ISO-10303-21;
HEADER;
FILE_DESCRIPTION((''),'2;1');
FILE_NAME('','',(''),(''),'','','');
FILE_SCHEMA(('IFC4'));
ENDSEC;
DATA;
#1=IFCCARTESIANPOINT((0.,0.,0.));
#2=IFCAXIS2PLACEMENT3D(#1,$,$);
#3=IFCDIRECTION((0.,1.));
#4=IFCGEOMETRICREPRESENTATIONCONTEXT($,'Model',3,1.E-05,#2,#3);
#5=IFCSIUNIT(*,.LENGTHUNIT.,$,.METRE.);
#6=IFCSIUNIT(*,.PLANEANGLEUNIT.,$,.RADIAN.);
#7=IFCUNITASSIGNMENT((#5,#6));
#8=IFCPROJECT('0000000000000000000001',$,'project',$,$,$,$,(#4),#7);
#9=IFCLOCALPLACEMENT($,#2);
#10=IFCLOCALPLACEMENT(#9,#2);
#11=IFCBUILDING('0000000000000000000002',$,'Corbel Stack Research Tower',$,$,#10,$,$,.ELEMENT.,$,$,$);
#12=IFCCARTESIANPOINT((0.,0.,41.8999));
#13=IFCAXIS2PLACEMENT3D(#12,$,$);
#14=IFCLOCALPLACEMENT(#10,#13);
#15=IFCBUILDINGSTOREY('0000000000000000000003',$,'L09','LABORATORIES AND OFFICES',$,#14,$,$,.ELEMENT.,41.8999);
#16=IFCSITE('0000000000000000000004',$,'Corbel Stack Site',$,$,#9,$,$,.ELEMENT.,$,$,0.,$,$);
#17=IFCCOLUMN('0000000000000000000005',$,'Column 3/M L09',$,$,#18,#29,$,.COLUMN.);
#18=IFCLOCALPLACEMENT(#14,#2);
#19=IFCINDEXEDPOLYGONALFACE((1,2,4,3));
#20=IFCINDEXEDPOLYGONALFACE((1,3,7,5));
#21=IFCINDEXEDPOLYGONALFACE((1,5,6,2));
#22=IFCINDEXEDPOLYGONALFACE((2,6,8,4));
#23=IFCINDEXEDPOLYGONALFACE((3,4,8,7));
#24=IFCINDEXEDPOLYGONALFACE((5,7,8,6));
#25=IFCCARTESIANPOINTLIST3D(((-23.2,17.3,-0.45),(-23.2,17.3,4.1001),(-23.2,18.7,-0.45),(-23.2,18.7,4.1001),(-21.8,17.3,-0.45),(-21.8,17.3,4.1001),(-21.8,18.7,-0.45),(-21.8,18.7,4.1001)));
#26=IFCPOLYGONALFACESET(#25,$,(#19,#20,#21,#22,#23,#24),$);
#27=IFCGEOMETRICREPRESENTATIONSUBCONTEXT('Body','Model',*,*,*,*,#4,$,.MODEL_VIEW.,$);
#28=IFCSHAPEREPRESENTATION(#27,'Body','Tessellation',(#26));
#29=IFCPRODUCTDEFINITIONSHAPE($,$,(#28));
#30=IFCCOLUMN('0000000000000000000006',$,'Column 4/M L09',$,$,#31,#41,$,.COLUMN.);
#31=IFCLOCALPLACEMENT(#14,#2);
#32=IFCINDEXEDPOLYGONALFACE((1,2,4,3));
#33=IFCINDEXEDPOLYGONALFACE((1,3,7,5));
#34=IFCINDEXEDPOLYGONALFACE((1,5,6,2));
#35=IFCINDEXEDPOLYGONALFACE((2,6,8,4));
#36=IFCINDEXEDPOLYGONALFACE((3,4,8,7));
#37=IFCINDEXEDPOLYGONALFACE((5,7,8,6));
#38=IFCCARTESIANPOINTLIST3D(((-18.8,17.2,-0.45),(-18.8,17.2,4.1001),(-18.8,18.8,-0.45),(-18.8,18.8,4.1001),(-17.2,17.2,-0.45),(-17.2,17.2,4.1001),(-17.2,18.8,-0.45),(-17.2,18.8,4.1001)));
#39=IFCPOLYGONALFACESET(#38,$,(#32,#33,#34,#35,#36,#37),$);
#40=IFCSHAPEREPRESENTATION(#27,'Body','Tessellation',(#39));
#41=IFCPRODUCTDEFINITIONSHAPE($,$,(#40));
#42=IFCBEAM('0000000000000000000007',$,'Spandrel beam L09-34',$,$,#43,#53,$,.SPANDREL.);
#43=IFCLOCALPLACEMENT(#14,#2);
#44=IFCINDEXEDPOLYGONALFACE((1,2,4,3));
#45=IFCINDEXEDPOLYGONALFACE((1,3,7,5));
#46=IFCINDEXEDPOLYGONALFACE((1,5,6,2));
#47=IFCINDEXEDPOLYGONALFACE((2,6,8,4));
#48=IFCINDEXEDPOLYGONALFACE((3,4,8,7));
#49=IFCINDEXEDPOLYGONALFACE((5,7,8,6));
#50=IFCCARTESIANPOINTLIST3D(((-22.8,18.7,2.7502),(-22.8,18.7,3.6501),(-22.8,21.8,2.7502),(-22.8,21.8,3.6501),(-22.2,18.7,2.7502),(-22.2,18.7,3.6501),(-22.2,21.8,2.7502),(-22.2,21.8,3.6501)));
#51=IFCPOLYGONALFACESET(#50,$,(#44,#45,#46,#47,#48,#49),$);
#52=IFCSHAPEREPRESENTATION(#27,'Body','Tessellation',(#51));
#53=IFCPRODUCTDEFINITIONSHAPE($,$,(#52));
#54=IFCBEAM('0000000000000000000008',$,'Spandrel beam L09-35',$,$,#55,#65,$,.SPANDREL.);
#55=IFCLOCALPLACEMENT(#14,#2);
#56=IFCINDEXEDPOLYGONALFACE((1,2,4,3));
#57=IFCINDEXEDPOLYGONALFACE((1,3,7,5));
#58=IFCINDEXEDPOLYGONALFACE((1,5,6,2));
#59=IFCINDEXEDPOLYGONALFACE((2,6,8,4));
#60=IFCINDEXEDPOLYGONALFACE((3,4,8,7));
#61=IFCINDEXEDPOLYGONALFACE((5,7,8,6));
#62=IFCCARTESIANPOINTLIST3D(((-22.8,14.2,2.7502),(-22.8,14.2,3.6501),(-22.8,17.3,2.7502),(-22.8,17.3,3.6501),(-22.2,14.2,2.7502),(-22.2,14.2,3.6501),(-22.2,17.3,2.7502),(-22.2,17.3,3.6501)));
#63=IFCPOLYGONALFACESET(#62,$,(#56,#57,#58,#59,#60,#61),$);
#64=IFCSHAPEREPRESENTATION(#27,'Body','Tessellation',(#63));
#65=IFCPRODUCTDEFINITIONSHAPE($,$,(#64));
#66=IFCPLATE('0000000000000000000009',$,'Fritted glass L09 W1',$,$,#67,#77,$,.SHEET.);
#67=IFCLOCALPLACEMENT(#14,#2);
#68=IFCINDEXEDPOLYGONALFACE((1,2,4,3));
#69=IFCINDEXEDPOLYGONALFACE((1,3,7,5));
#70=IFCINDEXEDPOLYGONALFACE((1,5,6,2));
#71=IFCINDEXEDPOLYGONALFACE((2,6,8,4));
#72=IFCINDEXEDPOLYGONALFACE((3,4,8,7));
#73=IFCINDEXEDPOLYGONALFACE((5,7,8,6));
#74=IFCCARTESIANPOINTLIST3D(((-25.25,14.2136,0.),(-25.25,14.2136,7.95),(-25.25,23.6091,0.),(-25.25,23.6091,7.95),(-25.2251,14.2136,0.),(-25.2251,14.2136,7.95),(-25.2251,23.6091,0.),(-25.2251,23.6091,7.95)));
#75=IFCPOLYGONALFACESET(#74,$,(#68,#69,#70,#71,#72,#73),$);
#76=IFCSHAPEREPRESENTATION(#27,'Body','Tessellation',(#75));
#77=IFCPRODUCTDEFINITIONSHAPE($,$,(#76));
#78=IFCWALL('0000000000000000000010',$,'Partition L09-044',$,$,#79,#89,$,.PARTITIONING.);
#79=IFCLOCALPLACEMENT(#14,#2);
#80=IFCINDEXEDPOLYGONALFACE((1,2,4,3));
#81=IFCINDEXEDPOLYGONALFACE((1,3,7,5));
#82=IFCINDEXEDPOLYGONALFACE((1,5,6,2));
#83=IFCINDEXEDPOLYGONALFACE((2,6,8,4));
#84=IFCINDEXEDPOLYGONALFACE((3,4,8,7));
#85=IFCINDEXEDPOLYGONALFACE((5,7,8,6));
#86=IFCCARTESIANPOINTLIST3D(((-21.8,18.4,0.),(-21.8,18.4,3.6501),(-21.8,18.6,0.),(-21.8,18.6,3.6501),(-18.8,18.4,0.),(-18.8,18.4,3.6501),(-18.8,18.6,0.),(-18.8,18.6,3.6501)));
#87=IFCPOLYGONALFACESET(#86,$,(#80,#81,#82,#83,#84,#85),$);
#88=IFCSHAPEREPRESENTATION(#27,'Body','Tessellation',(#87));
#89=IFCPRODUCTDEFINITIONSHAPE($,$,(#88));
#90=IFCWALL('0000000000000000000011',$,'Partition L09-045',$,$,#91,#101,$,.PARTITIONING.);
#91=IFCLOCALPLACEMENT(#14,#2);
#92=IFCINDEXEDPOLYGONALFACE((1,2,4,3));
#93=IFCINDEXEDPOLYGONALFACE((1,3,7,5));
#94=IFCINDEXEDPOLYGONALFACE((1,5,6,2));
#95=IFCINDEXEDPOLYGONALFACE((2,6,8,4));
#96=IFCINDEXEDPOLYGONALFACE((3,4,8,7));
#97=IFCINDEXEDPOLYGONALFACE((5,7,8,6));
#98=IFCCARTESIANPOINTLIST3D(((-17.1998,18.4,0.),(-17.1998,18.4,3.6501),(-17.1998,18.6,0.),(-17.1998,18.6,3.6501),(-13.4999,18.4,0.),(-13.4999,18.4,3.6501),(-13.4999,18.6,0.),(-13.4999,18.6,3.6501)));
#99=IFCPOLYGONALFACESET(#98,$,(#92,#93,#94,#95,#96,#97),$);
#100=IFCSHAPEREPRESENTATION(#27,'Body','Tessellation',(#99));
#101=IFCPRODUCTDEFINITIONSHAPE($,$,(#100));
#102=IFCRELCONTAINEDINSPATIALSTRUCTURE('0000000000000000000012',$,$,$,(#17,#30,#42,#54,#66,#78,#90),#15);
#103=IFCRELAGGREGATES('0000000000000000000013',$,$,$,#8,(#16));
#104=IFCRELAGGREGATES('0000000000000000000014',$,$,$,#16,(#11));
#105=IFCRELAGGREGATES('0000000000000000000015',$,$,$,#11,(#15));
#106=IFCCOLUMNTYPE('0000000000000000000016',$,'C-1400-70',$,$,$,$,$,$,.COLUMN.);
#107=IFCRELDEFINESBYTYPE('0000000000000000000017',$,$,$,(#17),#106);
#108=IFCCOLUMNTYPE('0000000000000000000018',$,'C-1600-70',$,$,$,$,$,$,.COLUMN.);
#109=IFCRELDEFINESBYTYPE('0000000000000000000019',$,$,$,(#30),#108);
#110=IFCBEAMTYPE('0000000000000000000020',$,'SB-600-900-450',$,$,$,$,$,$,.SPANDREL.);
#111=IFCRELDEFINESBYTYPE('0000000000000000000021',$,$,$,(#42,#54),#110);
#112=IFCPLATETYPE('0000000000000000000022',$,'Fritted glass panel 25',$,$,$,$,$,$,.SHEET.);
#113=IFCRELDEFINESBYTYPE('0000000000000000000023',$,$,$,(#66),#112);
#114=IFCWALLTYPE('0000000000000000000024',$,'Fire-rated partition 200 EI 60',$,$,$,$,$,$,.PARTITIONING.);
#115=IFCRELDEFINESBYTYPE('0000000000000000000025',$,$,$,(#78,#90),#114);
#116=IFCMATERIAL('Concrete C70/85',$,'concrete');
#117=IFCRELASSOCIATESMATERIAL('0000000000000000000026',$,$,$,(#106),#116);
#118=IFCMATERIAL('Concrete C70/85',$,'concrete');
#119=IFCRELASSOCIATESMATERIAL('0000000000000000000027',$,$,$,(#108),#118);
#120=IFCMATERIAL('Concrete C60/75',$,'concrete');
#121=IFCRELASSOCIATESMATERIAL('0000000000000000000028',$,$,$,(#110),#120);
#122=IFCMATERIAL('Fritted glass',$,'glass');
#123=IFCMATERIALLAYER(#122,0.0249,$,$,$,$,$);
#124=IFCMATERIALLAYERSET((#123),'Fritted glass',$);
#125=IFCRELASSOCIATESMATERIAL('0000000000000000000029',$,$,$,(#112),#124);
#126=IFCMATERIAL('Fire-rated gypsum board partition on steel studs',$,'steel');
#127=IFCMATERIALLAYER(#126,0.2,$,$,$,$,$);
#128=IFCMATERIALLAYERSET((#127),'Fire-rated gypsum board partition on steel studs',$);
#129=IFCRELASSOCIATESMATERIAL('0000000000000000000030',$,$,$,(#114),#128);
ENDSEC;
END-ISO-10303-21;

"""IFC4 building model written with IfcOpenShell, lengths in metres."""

from ifc_helpers import new_model, si_unit, direction, frame, frame_2d, origin, origin_2d, place, context, subcontext, project, spatial, rectangle, extrude, material, layer, layer_set, material_profile, profile_set, type_object, element, save


model = new_model("IFC4")

# Units and contexts
model_context = context("Model", 3, precision=1e-05, world=origin(), true_north=direction((0.0, 1.0)))
body_context = subcontext(model_context, "Body", "Model", "MODEL_VIEW")
ifc_project = project(units=[si_unit("LENGTHUNIT", "METRE"), si_unit("PLANEANGLEUNIT", "RADIAN")], contexts=[model_context])

# Site, building, storey
site_placement = place(None, origin())
site = spatial("IfcSite", under=ifc_project, at=site_placement, Name="Corbel Stack Site", CompositionType="ELEMENT", RefElevation=0.0)
building_placement = place(site_placement, origin())
building = spatial("IfcBuilding", under=site, at=building_placement, Name="Corbel Stack Research Tower", CompositionType="ELEMENT")
storey_placement = place(building_placement, frame((0.0, 0.0, 41.8999)))
storey = spatial("IfcBuildingStorey", under=building, at=storey_placement, Name="L09", Description="LABORATORIES AND OFFICES", CompositionType="ELEMENT", Elevation=41.8999)

# Columns
ifc_material_1 = material(Name="Concrete C70/85", Category="concrete")
ifc_material_profile_1 = material_profile(ifc_material_1, rectangle(XDim=1.3999, YDim=1.3999, at=origin_2d()), Name="RC 1400 x 1400")
ifc_profile_set_1 = profile_set([ifc_material_profile_1], Name="Concrete C70/85")
column_type_1 = type_object("IfcColumnType", Name="C-1400-70", PredefinedType="COLUMN", material=ifc_profile_set_1)
column_1_placement = place(storey_placement, frame((-22.5, 18.0, -0.45), z_axis=(0.0, 0.0, 1.0), x_axis=(1.0, 0.0, 0.0)))
element("IfcColumn", 1, at=column_1_placement, inside=storey, type_object=column_type_1, Name="Column 3/M L09", PredefinedType="COLUMN", context=body_context, shape_type="SweptSolid", body=[
    extrude(rectangle(XDim=1.3999, YDim=1.3999, at=origin_2d()), origin(), (0.0, 0.0, 1.0), 4.55),
])
ifc_material_2 = material(Name="Concrete C70/85", Category="concrete")
ifc_material_profile_2 = material_profile(ifc_material_2, rectangle(XDim=1.6001, YDim=1.6001, at=origin_2d()), Name="RC 1600 x 1600")
ifc_profile_set_2 = profile_set([ifc_material_profile_2], Name="Concrete C70/85")
column_type_2 = type_object("IfcColumnType", Name="C-1600-70", PredefinedType="COLUMN", material=ifc_profile_set_2)
column_2_placement = place(storey_placement, frame((-18.0, 18.0, -0.45), z_axis=(0.0, 0.0, 1.0), x_axis=(1.0, 0.0, 0.0)))
element("IfcColumn", 2, at=column_2_placement, inside=storey, type_object=column_type_2, Name="Column 4/M L09", PredefinedType="COLUMN", context=body_context, shape_type="SweptSolid", body=[
    extrude(rectangle(XDim=1.6001, YDim=1.6001, at=origin_2d()), origin(), (0.0, 0.0, 1.0), 4.55),
])

# Beams
ifc_material_3 = material(Name="Concrete C60/75", Category="concrete")
ifc_material_profile_3 = material_profile(ifc_material_3, rectangle(XDim=0.6001, YDim=0.8999, at=origin_2d()), Name="RC 600 x 900")
ifc_profile_set_3 = profile_set([ifc_material_profile_3], Name="Concrete C60/75")
beam_type = type_object("IfcBeamType", Name="SB-600-900-450", PredefinedType="SPANDREL", material=ifc_profile_set_3)
for number, where, z_axis, x_axis, name in (
    (3, (-22.5, 21.8, 3.2002), (0.0, -1.0, 0.0), (1.0, 0.0, 0.0), "Spandrel beam L09-34"),
    (4, (-22.5, 17.3, 3.2002), (0.0, -1.0, 0.0), (1.0, 0.0, 0.0), "Spandrel beam L09-35"),
):
    element("IfcBeam", number, at=place(storey_placement, frame(where, z_axis=z_axis, x_axis=x_axis)), inside=storey, type_object=beam_type, Name=name, PredefinedType="SPANDREL", context=body_context, shape_type="SweptSolid", body=[
        extrude(rectangle(XDim=0.6001, YDim=0.8999, at=origin_2d()), origin(), (0.0, 0.0, 1.0), 3.1001),
    ])

# Plate
ifc_material_4 = material(Name="Fritted glass", Category="glass")
ifc_layer_1 = layer(ifc_material_4, 0.0249)
ifc_layer_set_1 = layer_set([ifc_layer_1], Name="Fritted glass")
plate_type = type_object("IfcPlateType", Name="Fritted glass panel 25", PredefinedType="SHEET", material=ifc_layer_set_1)
plate_placement = place(storey_placement, frame((-25.2375, 18.9114, 0.0), z_axis=(0.0, 0.0, 1.0), x_axis=(0.0, -1.0, 0.0)))
element("IfcPlate", 5, at=plate_placement, inside=storey, type_object=plate_type, Name="Fritted glass L09 W1", PredefinedType="SHEET", context=body_context, shape_type="SweptSolid", body=[
    extrude(rectangle(XDim=9.3955, YDim=0.0249, at=origin_2d()), origin(), (0.0, 0.0, 1.0), 7.95),
])

# Walls
ifc_material_5 = material(Name="Fire-rated gypsum board partition on steel studs", Category="steel")
ifc_layer_2 = layer(ifc_material_5, 0.2)
ifc_layer_set_2 = layer_set([ifc_layer_2], Name="Fire-rated gypsum board partition on steel studs")
wall_type_1 = type_object("IfcWallType", Name="Fire-rated partition 200 EI 60", PredefinedType="PARTITIONING", material=ifc_layer_set_2)
wall_1_placement = place(storey_placement, frame((-21.8, 18.5, 0.0), z_axis=(0.0, 0.0, 1.0), x_axis=(1.0, 0.0, 0.0)))
element("IfcWall", 6, at=wall_1_placement, inside=storey, type_object=wall_type_1, Name="Partition L09-044", PredefinedType="PARTITIONING", context=body_context, shape_type="SweptSolid", body=[
    extrude(rectangle(XDim=3.0, YDim=0.2, at=frame_2d((1.5, 0.0))), origin(), (0.0, 0.0, 1.0), 3.6501),
])
wall_2_placement = place(storey_placement, frame((-17.2, 18.5, 0.0), z_axis=(0.0, 0.0, 1.0), x_axis=(1.0, 0.0, 0.0)))
element("IfcWall", 7, at=wall_2_placement, inside=storey, type_object=wall_type_1, Name="Partition L09-045", PredefinedType="PARTITIONING", context=body_context, shape_type="SweptSolid", body=[
    extrude(rectangle(XDim=3.7, YDim=0.2, at=frame_2d((1.8501, 0.0))), origin(), (0.0, 0.0, 1.0), 3.6501),
])

save(model, "model.ifc")
